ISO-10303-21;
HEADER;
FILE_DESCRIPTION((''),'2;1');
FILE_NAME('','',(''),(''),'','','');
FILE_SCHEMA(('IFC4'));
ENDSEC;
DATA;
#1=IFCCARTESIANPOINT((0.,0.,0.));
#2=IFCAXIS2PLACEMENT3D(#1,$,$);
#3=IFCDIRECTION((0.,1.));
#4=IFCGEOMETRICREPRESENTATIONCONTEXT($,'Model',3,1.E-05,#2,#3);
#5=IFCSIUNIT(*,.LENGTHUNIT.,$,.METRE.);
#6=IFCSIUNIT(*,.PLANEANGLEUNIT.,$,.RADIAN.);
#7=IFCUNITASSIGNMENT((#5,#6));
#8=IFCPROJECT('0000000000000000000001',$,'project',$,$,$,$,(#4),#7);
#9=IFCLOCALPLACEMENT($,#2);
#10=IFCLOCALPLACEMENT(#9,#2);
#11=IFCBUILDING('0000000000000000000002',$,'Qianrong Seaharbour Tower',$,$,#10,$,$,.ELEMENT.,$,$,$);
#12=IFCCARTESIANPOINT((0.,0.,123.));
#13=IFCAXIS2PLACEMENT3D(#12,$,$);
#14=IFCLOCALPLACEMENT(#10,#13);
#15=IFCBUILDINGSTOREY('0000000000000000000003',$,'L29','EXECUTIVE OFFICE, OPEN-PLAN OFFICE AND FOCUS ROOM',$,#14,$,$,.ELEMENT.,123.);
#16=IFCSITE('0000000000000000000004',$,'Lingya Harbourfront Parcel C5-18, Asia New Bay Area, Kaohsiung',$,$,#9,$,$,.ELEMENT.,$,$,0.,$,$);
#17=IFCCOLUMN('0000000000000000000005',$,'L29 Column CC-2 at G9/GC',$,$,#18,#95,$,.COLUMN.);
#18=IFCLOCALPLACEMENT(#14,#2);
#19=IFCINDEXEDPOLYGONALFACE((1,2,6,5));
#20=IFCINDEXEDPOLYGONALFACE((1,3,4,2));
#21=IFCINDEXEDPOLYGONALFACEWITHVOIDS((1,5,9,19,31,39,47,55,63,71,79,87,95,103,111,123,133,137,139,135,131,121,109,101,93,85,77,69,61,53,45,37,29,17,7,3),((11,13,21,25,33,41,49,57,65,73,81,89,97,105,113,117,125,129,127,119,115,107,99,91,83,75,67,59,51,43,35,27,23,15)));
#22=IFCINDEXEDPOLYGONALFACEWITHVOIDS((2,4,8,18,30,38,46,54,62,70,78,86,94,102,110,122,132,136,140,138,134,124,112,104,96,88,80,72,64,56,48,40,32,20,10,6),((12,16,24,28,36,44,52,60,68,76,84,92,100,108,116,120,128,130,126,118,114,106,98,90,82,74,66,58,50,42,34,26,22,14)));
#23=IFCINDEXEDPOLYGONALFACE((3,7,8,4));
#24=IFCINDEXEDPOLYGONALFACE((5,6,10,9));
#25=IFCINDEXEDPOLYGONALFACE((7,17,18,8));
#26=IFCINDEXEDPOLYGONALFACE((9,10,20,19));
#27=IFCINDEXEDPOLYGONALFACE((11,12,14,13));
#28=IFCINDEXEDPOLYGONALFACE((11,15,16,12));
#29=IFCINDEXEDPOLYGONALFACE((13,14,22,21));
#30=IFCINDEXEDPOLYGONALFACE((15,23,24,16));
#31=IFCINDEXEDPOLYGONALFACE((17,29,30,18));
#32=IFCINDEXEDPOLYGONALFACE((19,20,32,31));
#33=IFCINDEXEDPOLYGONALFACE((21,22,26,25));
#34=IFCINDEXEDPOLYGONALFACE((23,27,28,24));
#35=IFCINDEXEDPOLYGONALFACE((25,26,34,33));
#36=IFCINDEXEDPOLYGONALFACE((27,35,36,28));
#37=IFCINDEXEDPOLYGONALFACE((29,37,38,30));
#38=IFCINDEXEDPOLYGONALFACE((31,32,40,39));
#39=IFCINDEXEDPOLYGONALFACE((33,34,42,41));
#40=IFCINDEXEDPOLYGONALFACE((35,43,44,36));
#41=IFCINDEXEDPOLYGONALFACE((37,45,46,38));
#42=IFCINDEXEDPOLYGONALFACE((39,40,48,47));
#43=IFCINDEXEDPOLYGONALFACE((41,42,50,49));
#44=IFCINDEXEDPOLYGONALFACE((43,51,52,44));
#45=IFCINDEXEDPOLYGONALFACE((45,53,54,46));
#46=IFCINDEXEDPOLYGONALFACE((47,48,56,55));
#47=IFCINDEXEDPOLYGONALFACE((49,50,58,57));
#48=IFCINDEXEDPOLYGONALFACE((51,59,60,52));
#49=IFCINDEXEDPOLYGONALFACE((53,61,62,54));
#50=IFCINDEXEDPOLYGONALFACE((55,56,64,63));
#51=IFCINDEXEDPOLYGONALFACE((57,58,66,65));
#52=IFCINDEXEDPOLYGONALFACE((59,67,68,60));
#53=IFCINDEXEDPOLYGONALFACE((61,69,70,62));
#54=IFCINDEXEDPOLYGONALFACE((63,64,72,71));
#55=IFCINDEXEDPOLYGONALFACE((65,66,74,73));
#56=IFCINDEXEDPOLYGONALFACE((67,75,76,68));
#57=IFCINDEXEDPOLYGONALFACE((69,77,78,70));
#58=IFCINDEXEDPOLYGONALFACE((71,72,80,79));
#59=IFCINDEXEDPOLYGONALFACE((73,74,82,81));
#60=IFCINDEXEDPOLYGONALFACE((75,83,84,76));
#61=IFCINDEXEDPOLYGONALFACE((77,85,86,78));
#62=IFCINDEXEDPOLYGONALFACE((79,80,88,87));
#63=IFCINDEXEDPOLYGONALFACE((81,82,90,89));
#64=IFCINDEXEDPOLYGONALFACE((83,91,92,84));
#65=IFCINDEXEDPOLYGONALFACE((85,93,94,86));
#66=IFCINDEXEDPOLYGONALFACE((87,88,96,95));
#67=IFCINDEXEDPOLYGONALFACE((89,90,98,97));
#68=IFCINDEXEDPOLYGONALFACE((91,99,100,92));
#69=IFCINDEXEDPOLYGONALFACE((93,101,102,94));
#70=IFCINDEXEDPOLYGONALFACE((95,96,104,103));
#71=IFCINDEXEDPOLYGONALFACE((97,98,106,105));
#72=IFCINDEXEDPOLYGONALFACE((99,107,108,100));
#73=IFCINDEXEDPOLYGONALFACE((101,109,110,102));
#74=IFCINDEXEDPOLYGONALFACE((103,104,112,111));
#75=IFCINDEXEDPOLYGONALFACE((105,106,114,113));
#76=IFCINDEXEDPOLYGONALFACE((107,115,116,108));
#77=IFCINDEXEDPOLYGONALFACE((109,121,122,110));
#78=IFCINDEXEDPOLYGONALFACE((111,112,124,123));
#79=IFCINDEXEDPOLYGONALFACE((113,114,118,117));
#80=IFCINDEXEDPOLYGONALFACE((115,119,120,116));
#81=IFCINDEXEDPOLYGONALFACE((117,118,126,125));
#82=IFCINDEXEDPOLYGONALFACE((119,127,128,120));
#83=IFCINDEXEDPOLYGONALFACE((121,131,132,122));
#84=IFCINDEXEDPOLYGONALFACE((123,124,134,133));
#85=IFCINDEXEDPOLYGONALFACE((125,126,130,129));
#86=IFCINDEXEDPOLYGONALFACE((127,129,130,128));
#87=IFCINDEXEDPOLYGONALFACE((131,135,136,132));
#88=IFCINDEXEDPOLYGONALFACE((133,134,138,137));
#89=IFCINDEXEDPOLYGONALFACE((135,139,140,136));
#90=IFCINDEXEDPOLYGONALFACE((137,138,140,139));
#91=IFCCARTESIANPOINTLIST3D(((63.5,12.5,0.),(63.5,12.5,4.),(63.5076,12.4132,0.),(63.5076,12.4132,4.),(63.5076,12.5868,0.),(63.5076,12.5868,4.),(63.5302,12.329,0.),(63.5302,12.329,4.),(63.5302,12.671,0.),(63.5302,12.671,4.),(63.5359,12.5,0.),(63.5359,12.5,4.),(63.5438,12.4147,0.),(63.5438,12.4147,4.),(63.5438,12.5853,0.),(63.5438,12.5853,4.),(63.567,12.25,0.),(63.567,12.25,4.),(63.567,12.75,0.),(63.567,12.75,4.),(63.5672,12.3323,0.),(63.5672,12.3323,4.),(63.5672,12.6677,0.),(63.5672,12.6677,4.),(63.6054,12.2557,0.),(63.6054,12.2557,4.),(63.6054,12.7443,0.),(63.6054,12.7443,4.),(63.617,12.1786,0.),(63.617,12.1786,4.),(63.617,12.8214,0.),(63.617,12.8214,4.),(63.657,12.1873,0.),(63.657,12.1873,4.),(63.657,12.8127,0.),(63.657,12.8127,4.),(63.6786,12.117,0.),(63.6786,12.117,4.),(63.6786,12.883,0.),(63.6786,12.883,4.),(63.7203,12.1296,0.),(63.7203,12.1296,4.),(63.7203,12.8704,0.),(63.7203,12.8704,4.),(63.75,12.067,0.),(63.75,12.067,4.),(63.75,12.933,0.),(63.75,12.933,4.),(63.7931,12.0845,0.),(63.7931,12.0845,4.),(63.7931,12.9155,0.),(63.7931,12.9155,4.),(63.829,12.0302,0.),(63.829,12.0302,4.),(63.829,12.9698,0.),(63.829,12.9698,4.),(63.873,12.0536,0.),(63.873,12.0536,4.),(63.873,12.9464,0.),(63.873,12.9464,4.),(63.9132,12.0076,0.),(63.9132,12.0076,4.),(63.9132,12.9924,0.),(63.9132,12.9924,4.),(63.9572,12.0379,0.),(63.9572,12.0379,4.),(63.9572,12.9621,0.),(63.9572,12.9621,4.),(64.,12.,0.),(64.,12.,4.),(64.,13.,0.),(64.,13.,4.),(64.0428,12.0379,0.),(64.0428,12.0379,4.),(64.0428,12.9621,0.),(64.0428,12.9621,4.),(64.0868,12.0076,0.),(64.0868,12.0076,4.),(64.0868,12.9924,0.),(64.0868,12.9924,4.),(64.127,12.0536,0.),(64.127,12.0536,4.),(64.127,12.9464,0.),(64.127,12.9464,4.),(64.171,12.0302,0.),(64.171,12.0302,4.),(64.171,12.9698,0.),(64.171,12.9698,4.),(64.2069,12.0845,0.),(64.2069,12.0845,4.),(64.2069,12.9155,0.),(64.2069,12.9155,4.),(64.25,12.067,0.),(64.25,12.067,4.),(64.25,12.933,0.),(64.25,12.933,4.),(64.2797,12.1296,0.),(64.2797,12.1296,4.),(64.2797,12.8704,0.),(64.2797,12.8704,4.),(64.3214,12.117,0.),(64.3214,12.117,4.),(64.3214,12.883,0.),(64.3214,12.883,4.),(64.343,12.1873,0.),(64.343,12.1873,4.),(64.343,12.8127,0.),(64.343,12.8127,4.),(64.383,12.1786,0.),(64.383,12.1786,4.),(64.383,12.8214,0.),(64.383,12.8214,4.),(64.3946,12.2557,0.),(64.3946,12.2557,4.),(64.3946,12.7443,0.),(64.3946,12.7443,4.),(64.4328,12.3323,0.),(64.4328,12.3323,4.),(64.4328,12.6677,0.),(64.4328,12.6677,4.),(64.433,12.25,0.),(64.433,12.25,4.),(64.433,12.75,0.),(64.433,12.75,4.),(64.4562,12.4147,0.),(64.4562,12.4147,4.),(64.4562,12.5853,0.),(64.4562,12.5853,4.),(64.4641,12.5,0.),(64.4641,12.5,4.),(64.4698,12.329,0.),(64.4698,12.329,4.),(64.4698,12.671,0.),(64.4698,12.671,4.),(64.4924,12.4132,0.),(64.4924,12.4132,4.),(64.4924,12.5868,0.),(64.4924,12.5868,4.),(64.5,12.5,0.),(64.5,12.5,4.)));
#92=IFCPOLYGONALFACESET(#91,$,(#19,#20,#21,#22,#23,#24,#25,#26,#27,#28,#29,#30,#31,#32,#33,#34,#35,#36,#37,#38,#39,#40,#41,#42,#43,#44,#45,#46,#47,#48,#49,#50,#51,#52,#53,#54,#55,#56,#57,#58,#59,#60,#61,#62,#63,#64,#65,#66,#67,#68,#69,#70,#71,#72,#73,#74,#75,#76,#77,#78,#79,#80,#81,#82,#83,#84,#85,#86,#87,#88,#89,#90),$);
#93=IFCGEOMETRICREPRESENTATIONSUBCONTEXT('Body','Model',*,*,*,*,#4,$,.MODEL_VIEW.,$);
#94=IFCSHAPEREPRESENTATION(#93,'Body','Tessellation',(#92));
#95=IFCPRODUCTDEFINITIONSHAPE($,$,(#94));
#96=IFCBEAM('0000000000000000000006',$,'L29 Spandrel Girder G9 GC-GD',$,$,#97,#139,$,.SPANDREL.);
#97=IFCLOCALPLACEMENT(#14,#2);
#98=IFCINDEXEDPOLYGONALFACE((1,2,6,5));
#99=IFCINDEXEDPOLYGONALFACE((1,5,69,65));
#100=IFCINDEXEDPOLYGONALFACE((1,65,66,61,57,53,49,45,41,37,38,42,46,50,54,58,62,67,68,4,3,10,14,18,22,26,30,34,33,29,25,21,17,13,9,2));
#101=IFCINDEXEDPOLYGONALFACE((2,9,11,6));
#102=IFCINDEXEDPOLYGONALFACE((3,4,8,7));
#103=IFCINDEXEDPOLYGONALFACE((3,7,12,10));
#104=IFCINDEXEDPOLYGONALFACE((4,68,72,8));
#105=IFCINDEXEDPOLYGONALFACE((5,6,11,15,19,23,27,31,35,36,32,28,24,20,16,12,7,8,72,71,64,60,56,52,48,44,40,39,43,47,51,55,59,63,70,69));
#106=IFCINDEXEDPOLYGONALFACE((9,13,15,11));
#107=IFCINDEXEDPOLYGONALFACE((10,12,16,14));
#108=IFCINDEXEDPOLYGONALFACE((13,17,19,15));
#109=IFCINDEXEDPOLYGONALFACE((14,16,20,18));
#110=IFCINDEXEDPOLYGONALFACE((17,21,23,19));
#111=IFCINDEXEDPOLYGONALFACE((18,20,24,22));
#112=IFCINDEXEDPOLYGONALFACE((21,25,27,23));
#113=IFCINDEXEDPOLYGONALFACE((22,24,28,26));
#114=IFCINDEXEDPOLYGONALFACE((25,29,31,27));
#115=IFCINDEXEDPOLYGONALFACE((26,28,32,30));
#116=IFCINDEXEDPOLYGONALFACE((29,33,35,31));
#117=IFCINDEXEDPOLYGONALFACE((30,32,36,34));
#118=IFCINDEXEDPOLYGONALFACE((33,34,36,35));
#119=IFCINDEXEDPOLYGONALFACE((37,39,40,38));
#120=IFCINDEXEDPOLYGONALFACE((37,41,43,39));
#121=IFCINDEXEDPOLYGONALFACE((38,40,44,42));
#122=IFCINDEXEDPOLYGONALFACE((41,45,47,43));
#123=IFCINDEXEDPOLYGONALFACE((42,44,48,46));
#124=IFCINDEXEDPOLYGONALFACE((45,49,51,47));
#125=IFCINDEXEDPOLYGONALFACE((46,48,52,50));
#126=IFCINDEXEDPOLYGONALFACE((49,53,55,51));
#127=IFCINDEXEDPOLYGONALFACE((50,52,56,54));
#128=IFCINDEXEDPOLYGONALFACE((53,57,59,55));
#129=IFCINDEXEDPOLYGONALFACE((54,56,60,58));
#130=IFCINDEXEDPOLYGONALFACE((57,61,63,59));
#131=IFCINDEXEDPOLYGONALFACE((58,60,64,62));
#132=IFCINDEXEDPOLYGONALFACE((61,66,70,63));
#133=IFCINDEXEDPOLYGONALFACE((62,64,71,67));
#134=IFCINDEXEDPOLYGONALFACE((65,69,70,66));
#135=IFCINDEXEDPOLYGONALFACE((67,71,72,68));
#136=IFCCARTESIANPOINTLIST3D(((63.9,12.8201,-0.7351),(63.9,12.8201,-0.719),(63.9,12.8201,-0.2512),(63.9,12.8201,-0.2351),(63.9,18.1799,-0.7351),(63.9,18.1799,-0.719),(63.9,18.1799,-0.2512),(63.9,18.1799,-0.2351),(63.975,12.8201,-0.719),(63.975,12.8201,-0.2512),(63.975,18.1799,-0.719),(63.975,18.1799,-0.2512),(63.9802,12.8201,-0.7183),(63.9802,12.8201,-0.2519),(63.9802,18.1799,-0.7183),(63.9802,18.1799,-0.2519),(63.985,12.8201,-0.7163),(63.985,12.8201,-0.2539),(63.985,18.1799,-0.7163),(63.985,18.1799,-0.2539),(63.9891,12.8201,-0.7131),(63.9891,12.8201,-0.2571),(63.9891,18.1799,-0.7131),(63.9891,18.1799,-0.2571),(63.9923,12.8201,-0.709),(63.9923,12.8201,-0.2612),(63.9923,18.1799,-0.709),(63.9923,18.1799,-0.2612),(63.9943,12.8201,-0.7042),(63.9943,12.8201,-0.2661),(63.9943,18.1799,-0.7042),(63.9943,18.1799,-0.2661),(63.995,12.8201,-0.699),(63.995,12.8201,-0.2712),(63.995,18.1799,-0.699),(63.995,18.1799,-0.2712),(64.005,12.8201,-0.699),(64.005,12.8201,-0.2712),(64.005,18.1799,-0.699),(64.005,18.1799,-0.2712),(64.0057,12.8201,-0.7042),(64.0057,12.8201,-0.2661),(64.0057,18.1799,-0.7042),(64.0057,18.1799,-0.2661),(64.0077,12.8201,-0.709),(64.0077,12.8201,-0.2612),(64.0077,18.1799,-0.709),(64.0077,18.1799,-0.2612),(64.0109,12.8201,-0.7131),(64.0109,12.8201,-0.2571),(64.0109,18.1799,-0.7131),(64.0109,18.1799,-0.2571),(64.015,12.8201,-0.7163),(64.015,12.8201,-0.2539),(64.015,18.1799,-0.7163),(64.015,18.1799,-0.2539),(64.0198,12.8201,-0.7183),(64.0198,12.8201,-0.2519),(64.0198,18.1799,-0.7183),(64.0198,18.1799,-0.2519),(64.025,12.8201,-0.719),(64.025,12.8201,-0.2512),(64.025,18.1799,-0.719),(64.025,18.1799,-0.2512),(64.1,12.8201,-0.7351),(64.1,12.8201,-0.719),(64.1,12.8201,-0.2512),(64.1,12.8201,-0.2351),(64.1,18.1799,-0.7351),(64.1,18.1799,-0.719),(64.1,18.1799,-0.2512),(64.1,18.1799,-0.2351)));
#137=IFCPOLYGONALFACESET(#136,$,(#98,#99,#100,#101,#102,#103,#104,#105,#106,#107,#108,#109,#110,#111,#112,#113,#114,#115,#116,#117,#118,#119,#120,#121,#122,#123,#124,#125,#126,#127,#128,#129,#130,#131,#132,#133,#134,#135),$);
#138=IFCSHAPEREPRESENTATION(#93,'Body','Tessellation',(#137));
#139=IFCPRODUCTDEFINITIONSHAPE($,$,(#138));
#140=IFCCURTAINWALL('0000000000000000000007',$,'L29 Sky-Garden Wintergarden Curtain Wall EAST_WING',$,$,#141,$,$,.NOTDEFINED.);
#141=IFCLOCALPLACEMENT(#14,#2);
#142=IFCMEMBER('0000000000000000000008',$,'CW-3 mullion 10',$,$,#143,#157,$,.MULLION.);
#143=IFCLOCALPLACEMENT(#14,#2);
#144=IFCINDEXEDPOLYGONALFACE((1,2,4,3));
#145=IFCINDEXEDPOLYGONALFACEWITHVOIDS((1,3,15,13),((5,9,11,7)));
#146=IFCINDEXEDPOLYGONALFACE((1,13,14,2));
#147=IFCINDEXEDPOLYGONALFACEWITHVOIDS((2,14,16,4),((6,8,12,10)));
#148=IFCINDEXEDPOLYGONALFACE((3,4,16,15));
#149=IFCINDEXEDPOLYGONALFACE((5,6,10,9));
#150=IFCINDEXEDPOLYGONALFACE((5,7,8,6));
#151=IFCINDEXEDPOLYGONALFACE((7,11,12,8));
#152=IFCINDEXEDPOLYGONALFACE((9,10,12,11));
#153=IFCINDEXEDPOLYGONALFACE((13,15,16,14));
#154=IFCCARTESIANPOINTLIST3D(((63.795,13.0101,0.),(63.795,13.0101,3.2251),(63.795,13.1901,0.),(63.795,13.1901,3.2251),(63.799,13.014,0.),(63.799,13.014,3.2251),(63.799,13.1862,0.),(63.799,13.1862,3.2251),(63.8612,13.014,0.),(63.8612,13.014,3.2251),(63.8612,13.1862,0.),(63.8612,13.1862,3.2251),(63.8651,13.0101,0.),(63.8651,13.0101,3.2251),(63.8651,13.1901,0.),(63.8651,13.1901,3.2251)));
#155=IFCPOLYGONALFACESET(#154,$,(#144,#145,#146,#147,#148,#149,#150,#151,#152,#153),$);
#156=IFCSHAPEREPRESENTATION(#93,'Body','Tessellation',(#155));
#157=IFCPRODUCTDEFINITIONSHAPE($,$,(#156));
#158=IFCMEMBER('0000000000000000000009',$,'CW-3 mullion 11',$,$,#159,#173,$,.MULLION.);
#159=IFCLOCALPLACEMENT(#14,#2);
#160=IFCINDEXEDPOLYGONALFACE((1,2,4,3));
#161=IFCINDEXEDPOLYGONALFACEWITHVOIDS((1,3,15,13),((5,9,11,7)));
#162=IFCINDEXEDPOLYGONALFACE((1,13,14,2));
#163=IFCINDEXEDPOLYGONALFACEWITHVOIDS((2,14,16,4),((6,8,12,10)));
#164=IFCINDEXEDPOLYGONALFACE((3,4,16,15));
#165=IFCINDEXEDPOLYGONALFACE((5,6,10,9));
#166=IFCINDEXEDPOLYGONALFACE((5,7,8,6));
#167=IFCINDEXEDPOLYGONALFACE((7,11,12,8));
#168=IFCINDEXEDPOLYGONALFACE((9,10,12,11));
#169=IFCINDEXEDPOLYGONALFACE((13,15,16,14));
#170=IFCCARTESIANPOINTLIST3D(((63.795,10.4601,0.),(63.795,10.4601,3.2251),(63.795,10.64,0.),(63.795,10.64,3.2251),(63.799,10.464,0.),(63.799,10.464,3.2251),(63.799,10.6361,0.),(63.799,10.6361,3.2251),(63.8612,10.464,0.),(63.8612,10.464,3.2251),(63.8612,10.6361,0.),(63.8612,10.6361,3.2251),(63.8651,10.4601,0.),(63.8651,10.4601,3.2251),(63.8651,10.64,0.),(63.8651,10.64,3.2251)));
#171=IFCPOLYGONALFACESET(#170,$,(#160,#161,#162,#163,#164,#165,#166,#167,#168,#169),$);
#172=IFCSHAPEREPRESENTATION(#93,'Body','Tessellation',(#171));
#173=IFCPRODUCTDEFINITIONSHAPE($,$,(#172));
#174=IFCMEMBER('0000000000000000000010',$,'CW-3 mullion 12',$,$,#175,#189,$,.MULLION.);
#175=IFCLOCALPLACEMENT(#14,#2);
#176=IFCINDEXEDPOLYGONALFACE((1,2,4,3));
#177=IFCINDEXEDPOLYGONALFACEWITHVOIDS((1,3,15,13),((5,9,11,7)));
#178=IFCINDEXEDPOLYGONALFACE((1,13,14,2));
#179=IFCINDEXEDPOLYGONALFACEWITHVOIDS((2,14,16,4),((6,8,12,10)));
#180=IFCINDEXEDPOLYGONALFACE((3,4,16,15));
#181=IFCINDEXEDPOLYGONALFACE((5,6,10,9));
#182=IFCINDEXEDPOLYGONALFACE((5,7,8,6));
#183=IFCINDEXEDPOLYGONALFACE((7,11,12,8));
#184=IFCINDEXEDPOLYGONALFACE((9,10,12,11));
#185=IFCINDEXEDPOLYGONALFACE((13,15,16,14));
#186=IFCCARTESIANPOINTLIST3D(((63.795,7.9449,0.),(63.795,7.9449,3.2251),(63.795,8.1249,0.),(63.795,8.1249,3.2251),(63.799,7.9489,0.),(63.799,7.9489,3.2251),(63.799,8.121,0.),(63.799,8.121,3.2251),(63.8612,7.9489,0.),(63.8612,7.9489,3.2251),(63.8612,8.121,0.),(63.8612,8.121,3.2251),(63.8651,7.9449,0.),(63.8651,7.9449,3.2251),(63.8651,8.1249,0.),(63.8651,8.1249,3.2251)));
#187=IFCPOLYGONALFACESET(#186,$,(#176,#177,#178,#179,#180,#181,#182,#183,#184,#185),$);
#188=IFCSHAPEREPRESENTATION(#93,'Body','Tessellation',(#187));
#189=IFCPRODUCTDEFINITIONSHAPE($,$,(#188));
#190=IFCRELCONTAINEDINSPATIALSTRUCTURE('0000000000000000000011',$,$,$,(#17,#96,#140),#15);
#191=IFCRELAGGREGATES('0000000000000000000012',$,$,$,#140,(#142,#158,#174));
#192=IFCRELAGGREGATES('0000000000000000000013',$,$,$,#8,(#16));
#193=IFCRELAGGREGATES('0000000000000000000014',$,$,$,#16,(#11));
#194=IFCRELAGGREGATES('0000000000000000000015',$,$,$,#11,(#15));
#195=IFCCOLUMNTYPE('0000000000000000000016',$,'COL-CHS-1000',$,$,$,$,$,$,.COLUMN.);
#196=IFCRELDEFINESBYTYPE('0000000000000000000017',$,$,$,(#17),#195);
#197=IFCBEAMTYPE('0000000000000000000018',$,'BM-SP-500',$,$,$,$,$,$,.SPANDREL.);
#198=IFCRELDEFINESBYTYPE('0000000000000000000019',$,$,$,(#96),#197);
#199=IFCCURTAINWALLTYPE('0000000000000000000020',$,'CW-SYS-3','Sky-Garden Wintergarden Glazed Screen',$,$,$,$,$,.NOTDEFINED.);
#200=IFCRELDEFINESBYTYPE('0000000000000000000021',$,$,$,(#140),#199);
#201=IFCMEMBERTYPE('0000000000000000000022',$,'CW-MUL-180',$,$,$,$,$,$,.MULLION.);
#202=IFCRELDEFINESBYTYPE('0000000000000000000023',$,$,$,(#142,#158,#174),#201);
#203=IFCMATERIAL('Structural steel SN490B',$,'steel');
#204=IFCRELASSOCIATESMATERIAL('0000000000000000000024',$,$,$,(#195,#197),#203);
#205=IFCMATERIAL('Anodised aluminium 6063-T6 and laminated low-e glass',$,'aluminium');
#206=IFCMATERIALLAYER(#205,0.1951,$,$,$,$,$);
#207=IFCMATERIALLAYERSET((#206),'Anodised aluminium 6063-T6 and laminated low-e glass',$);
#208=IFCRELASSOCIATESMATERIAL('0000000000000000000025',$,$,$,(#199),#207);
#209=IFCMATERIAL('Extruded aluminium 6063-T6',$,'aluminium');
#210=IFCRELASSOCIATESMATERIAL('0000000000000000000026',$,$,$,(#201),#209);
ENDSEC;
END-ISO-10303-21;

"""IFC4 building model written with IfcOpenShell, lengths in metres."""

from ifc_helpers import new_model, si_unit, direction, frame, origin, origin_2d, place, context, subcontext, project, spatial, hollow_rectangle, hollow_circle, i_section, extrude, material, layer, layer_set, material_profile, profile_set, type_object, element, aggregate, save


model = new_model("IFC4")

# Units and contexts
model_context = context("Model", 3, precision=1e-05, world=origin(), true_north=direction((0.0, 1.0)))
body_context = subcontext(model_context, "Body", "Model", "MODEL_VIEW")
ifc_project = project(units=[si_unit("LENGTHUNIT", "METRE"), si_unit("PLANEANGLEUNIT", "RADIAN")], contexts=[model_context])

# Site, building, storey
site_placement = place(None, origin())
site = spatial("IfcSite", under=ifc_project, at=site_placement, Name="Lingya Harbourfront Parcel C5-18, Asia New Bay Area, Kaohsiung", CompositionType="ELEMENT", RefElevation=0.0)
building_placement = place(site_placement, origin())
building = spatial("IfcBuilding", under=site, at=building_placement, Name="Qianrong Seaharbour Tower", CompositionType="ELEMENT")
storey_placement = place(building_placement, frame((0.0, 0.0, 123.0)))
storey = spatial("IfcBuildingStorey", under=building, at=storey_placement, Name="L29", Description="EXECUTIVE OFFICE, OPEN-PLAN OFFICE AND FOCUS ROOM", CompositionType="ELEMENT", Elevation=123.0)

# Column
ifc_material_1 = material(Name="Structural steel SN490B", Category="steel")
ifc_material_profile_1 = material_profile(ifc_material_1, hollow_circle(Radius=0.5, WallThickness=0.0359, at=origin_2d()), Name="CHS1000x36")
ifc_profile_set_1 = profile_set([ifc_material_profile_1], Name="Structural steel SN490B")
column_type = type_object("IfcColumnType", Name="COL-CHS-1000", PredefinedType="COLUMN", material=ifc_profile_set_1)
column_placement = place(storey_placement, frame((64.0, 12.5, 0.0), z_axis=(0.0, 0.0, 1.0), x_axis=(1.0, 0.0, 0.0)))
element("IfcColumn", 1, at=column_placement, inside=storey, type_object=column_type, Name="L29 Column CC-2 at G9/GC", PredefinedType="COLUMN", context=body_context, shape_type="SweptSolid", body=[
    extrude(hollow_circle(Radius=0.5, WallThickness=0.0359, at=origin_2d()), origin(), (0.0, 0.0, 1.0), 4.0),
])

# Beam
ifc_material_profile_2 = material_profile(ifc_material_1, i_section(OverallWidth=0.2, OverallDepth=0.5, WebThickness=0.01, FlangeThickness=0.0161, FilletRadius=0.02, at=origin_2d()), Name="H500x200x10x16")
ifc_profile_set_2 = profile_set([ifc_material_profile_2], Name="Structural steel SN490B")
beam_type = type_object("IfcBeamType", Name="BM-SP-500", PredefinedType="SPANDREL", material=ifc_profile_set_2)
beam_placement = place(storey_placement, frame((64.0, 12.8201, -0.4851), z_axis=(0.0, 1.0, 0.0), x_axis=(-1.0, 0.0, 0.0)))
element("IfcBeam", 2, at=beam_placement, inside=storey, type_object=beam_type, Name="L29 Spandrel Girder G9 GC-GD", PredefinedType="SPANDREL", context=body_context, shape_type="SweptSolid", body=[
    extrude(i_section(OverallWidth=0.2, OverallDepth=0.5, WebThickness=0.01, FlangeThickness=0.0161, FilletRadius=0.02, at=origin_2d()), origin(), (0.0, 0.0, 1.0), 5.3599),
])

# Curtain wall, members
ifc_material_2 = material(Name="Anodised aluminium 6063-T6 and laminated low-e glass", Category="aluminium")
ifc_layer_1 = layer(ifc_material_2, 0.1951)
ifc_layer_set_1 = layer_set([ifc_layer_1], Name="Anodised aluminium 6063-T6 and laminated low-e glass")
curtain_wall_type = type_object("IfcCurtainWallType", Name="CW-SYS-3", Description="Sky-Garden Wintergarden Glazed Screen", PredefinedType="NOTDEFINED", material=ifc_layer_set_1)
curtain_wall_placement = place(storey_placement, origin())
curtain_wall = element("IfcCurtainWall", 3, at=curtain_wall_placement, inside=storey, type_object=curtain_wall_type, Name="L29 Sky-Garden Wintergarden Curtain Wall EAST_WING", PredefinedType="NOTDEFINED")
ifc_material_3 = material(Name="Extruded aluminium 6063-T6", Category="aluminium")
ifc_material_profile_3 = material_profile(ifc_material_3, hollow_rectangle(XDim=0.0701, YDim=0.1799, WallThickness=0.0039, at=origin_2d()), Name="ALU-MUL-180x70x4")
ifc_profile_set_3 = profile_set([ifc_material_profile_3], Name="Extruded aluminium 6063-T6")
member_type_1 = type_object("IfcMemberType", Name="CW-MUL-180", PredefinedType="MULLION", material=ifc_profile_set_3)
member_1_placement = place(storey_placement, frame((63.8301, 13.1001, 0.0), z_axis=(0.0, 0.0, 1.0), x_axis=(1.0, 0.0, 0.0)))
member_1 = element("IfcMember", 4, at=member_1_placement, type_object=member_type_1, Name="CW-3 mullion 10", PredefinedType="MULLION", context=body_context, shape_type="SweptSolid", body=[
    extrude(hollow_rectangle(XDim=0.0701, YDim=0.1799, WallThickness=0.0039, at=origin_2d()), origin(), (0.0, 0.0, 1.0), 3.2251),
])
member_2_placement = place(storey_placement, frame((63.8301, 10.55, 0.0), z_axis=(0.0, 0.0, 1.0), x_axis=(1.0, 0.0, 0.0)))
member_2 = element("IfcMember", 5, at=member_2_placement, type_object=member_type_1, Name="CW-3 mullion 11", PredefinedType="MULLION", context=body_context, shape_type="SweptSolid", body=[
    extrude(hollow_rectangle(XDim=0.0701, YDim=0.1799, WallThickness=0.0039, at=origin_2d()), origin(), (0.0, 0.0, 1.0), 3.2251),
])
member_3_placement = place(storey_placement, frame((63.8301, 8.0349, 0.0), z_axis=(0.0, 0.0, 1.0), x_axis=(1.0, 0.0, 0.0)))
member_3 = element("IfcMember", 6, at=member_3_placement, type_object=member_type_1, Name="CW-3 mullion 12", PredefinedType="MULLION", context=body_context, shape_type="SweptSolid", body=[
    extrude(hollow_rectangle(XDim=0.0701, YDim=0.1799, WallThickness=0.0039, at=origin_2d()), origin(), (0.0, 0.0, 1.0), 3.2251),
])
aggregate(curtain_wall, [member_1, member_2, member_3])

save(model, "model.ifc")
